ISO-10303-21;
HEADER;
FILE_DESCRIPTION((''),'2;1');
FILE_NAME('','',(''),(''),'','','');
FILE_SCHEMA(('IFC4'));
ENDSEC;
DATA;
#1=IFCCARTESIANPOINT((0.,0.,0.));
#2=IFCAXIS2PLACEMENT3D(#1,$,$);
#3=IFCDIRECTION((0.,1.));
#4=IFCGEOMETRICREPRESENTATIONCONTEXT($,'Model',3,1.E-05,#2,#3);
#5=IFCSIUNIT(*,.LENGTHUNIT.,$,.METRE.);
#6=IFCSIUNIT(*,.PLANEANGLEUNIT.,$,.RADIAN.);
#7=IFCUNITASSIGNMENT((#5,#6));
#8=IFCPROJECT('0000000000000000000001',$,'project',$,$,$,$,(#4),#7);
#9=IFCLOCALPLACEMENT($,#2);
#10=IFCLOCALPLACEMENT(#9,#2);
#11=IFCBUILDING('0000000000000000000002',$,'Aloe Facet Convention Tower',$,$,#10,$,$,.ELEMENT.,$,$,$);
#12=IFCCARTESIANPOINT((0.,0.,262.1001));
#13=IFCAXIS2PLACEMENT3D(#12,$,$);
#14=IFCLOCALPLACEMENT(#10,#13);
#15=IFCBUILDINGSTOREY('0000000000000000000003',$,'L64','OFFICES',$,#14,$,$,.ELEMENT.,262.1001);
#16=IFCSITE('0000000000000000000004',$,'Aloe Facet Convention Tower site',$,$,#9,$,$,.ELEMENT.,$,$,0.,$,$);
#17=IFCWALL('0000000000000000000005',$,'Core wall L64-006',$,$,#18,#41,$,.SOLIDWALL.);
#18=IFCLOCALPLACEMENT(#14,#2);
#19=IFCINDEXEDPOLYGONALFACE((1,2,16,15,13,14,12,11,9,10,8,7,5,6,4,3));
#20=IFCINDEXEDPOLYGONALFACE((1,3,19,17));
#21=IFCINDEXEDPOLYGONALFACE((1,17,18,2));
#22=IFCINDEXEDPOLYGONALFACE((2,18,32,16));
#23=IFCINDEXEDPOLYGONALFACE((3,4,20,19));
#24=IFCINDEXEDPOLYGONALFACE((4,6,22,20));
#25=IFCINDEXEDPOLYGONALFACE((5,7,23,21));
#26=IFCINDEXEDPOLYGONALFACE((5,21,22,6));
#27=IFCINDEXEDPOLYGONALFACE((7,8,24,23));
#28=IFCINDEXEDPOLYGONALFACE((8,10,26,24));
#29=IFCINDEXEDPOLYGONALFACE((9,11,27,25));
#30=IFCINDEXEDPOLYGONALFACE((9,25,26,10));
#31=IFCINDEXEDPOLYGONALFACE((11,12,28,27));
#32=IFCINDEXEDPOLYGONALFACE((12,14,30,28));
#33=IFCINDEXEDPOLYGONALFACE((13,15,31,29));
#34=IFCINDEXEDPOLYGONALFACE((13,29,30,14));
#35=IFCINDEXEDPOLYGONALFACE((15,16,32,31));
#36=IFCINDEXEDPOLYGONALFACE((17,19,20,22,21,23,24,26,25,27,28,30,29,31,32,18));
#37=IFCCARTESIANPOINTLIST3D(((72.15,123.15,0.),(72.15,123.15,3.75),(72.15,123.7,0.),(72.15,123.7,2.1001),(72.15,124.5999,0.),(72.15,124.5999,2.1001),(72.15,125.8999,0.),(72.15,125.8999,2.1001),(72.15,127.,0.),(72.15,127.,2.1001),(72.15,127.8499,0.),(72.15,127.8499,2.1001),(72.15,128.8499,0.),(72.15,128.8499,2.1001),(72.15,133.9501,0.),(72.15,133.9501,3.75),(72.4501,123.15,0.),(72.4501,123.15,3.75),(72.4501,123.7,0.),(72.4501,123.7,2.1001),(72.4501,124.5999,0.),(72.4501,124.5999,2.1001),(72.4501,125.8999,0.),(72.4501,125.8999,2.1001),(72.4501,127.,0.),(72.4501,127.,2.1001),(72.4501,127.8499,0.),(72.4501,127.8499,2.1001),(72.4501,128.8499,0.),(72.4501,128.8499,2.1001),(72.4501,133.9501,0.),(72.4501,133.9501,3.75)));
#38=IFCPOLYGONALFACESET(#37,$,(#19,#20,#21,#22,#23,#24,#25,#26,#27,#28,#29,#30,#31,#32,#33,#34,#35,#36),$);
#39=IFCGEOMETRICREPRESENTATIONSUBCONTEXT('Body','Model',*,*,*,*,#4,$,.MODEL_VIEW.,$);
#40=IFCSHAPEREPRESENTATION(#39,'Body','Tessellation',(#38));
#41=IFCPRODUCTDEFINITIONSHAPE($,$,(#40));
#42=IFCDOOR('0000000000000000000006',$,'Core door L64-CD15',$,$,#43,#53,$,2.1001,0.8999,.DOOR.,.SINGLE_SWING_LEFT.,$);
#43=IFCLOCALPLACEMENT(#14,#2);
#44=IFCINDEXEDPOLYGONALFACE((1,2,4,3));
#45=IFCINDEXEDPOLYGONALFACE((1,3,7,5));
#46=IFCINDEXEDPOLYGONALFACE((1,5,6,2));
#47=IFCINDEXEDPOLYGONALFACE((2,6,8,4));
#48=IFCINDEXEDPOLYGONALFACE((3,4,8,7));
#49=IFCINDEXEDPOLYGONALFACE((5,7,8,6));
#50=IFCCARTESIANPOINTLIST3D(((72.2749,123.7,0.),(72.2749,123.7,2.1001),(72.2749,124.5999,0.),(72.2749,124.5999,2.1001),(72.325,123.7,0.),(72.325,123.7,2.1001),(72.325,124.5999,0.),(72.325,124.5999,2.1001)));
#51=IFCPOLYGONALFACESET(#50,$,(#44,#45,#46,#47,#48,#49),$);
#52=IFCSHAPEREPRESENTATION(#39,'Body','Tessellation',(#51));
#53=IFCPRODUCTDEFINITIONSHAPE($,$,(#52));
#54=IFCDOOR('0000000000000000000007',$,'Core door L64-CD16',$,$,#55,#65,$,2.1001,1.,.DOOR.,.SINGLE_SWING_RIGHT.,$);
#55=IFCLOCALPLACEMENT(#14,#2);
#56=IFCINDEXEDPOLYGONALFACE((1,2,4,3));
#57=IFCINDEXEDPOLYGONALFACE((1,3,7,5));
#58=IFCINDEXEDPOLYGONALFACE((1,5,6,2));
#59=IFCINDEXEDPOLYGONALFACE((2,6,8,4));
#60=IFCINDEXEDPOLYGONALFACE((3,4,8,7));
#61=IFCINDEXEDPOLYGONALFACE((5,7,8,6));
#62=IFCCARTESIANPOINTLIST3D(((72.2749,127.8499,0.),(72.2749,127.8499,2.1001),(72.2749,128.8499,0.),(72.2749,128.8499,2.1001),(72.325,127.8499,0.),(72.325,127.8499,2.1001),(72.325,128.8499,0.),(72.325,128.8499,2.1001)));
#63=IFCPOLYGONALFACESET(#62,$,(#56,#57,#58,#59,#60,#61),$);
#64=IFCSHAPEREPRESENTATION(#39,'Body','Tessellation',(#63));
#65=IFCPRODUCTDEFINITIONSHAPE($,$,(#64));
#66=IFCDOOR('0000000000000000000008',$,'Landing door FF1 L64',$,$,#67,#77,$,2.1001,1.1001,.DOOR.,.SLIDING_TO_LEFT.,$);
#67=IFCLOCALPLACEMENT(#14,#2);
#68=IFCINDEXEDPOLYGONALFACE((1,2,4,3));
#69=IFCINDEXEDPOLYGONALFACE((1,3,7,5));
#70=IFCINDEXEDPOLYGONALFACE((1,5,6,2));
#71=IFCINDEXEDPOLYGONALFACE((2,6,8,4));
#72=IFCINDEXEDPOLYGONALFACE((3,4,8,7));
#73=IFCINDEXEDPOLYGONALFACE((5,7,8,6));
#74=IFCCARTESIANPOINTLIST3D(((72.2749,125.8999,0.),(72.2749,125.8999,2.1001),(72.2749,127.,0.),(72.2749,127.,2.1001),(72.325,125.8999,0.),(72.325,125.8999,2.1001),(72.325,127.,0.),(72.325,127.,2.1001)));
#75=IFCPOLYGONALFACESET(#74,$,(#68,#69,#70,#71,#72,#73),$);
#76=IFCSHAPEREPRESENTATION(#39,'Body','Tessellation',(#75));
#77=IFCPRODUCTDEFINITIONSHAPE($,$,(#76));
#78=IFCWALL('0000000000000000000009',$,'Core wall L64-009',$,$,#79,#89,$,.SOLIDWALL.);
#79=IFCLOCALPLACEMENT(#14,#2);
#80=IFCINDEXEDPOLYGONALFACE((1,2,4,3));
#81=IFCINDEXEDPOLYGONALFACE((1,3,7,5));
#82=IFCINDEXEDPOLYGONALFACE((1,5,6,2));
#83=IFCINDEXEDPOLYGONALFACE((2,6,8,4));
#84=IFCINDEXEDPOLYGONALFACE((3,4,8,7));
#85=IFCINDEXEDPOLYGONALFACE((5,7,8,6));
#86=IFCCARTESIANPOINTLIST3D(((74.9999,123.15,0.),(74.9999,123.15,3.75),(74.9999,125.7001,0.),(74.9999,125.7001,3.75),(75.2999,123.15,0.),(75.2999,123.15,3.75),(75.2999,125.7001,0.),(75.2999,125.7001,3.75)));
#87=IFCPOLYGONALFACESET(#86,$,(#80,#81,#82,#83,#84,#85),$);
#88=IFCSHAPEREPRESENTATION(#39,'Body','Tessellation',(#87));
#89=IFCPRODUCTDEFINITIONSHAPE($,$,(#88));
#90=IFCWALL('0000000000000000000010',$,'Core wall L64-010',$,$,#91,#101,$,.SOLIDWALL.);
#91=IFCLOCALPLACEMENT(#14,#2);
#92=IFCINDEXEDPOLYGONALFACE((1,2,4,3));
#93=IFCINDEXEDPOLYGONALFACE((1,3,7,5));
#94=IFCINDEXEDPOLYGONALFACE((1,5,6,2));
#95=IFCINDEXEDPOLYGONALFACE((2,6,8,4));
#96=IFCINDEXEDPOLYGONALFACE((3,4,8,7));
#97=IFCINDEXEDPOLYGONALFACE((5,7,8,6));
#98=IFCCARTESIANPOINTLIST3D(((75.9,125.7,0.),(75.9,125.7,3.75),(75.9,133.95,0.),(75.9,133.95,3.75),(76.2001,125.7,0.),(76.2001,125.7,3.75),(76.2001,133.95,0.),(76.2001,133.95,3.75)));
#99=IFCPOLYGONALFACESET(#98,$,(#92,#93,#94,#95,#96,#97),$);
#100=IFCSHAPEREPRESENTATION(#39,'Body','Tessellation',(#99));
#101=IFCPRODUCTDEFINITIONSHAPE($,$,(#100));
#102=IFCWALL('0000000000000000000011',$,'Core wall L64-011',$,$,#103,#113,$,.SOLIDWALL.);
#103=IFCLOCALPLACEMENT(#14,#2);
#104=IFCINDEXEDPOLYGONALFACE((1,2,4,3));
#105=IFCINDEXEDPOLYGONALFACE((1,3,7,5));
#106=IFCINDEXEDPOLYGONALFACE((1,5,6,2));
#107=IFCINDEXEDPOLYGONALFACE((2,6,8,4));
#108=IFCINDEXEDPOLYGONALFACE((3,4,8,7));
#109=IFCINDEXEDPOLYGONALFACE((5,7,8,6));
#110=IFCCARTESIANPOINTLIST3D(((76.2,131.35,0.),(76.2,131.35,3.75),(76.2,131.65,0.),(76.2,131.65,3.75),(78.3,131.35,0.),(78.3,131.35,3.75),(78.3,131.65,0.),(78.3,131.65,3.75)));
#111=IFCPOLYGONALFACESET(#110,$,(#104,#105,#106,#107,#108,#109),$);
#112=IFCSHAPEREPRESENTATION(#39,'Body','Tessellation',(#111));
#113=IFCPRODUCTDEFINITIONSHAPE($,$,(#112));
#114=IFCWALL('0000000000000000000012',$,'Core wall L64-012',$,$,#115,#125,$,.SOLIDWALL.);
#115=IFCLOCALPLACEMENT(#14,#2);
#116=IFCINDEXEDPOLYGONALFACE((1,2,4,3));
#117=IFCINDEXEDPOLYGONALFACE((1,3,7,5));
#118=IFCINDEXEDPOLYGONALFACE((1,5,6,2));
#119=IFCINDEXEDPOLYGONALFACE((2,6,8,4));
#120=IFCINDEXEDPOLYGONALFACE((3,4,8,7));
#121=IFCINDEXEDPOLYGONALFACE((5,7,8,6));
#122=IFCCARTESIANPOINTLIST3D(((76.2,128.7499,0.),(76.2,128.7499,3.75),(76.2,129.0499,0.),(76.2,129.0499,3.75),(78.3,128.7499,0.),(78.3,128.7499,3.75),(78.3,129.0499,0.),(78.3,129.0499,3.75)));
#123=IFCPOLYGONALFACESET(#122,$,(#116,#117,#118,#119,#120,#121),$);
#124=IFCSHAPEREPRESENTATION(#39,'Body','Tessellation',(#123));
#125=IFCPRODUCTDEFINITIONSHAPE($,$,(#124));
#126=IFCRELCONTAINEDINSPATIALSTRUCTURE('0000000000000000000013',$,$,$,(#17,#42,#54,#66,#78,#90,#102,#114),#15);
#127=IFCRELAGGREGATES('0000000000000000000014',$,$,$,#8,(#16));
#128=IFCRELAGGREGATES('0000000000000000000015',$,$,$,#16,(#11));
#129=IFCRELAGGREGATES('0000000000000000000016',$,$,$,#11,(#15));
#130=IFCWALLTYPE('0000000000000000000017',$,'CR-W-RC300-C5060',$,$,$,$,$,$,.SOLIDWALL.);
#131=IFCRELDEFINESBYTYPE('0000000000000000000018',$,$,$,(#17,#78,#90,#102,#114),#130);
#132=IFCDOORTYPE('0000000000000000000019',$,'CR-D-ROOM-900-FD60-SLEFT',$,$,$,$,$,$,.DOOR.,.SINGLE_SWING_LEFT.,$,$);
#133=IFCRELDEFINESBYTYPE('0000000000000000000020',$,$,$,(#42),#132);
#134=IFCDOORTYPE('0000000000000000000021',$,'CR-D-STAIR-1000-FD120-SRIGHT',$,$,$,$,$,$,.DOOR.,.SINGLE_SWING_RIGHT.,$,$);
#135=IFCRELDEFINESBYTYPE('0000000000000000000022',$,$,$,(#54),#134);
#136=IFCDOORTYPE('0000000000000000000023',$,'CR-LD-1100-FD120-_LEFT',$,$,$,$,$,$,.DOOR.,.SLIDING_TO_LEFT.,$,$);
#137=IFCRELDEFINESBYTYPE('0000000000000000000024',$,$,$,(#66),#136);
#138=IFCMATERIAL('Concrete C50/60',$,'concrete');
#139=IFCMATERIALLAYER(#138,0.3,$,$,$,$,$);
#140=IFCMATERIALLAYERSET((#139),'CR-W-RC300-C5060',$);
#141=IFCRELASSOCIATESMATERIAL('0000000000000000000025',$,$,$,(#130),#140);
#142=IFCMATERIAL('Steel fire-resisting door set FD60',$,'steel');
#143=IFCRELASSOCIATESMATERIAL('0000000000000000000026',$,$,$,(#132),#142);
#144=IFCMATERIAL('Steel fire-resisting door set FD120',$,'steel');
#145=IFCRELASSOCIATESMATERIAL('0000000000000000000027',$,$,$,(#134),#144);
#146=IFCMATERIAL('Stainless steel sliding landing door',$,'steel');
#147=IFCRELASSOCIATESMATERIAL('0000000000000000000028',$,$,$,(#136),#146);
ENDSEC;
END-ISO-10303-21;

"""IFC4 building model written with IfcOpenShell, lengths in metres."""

from ifc_helpers import new_model, si_unit, direction, frame, frame_2d, origin, place, context, subcontext, project, spatial, rectangle, extrude, material, layer, layer_set, type_object, element, fill, save


model = new_model("IFC4")

# Units and contexts
model_context = context("Model", 3, precision=1e-05, world=origin(), true_north=direction((0.0, 1.0)))
body_context = subcontext(model_context, "Body", "Model", "MODEL_VIEW")
ifc_project = project(units=[si_unit("LENGTHUNIT", "METRE"), si_unit("PLANEANGLEUNIT", "RADIAN")], contexts=[model_context])

# Site, building, storey
site_placement = place(None, origin())
site = spatial("IfcSite", under=ifc_project, at=site_placement, Name="Aloe Facet Convention Tower site", CompositionType="ELEMENT", RefElevation=0.0)
building_placement = place(site_placement, origin())
building = spatial("IfcBuilding", under=site, at=building_placement, Name="Aloe Facet Convention Tower", CompositionType="ELEMENT")
storey_placement = place(building_placement, frame((0.0, 0.0, 262.1001)))
storey = spatial("IfcBuildingStorey", under=building, at=storey_placement, Name="L64", Description="OFFICES", CompositionType="ELEMENT", Elevation=262.1001)

# Wall, openings, doors
ifc_material_1 = material(Name="Concrete C50/60", Category="concrete")
ifc_layer_1 = layer(ifc_material_1, 0.3)
ifc_layer_set_1 = layer_set([ifc_layer_1], Name="CR-W-RC300-C5060")
wall_type_1 = type_object("IfcWallType", Name="CR-W-RC300-C5060", PredefinedType="SOLIDWALL", material=ifc_layer_set_1)
wall_1_placement = place(storey_placement, frame((72.3, 133.95, 0.0), z_axis=(0.0, 0.0, 1.0), x_axis=(0.0, -1.0, 0.0)))
wall_1 = element("IfcWall", 1, at=wall_1_placement, inside=storey, type_object=wall_type_1, Name="Core wall L64-006", PredefinedType="SOLIDWALL", context=body_context, shape_type="SweptSolid", body=[
    extrude(rectangle(XDim=10.8, YDim=0.3, at=frame_2d((5.3999, 0.0))), origin(), (0.0, 0.0, 1.0), 3.75),
])
opening_1_placement = place(wall_1_placement, frame((6.95, 0.0, 0.0)))
opening_1 = element("IfcOpeningElement", 2, at=opening_1_placement, cuts=wall_1, PredefinedType="OPENING", context=body_context, shape_type="SweptSolid", body=[
    extrude(rectangle(XDim=1.1001, YDim=2.1001, at=frame_2d((0.55, 1.05))), frame((0.0, 0.1602, 0.0), z_axis=(0.0, -1.0, 0.0), x_axis=(1.0, 0.0, 0.0)), (0.0, 0.0, 1.0), 0.3201),
])
opening_2_placement = place(wall_1_placement, frame((9.3501, 0.0, 0.0)))
opening_2 = element("IfcOpeningElement", 3, at=opening_2_placement, cuts=wall_1, PredefinedType="OPENING", context=body_context, shape_type="SweptSolid", body=[
    extrude(rectangle(XDim=0.8999, YDim=2.1001, at=frame_2d((0.45, 1.05))), frame((0.0, 0.1602, 0.0), z_axis=(0.0, -1.0, 0.0), x_axis=(1.0, 0.0, 0.0)), (0.0, 0.0, 1.0), 0.3201),
])
opening_3_placement = place(wall_1_placement, frame((5.1001, 0.0, 0.0)))
opening_3 = element("IfcOpeningElement", 4, at=opening_3_placement, cuts=wall_1, PredefinedType="OPENING", context=body_context, shape_type="SweptSolid", body=[
    extrude(rectangle(XDim=1.0, YDim=2.1001, at=frame_2d((0.5, 1.05))), frame((0.0, 0.1602, 0.0), z_axis=(0.0, -1.0, 0.0), x_axis=(1.0, 0.0, 0.0)), (0.0, 0.0, 1.0), 0.3201),
])
ifc_material_2 = material(Name="Steel fire-resisting door set FD60", Category="steel")
door_type_1 = type_object("IfcDoorType", Name="CR-D-ROOM-900-FD60-SLEFT", OperationType="SINGLE_SWING_LEFT", PredefinedType="DOOR", material=ifc_material_2)
door_1_placement = place(opening_2_placement, origin())
door_1 = element("IfcDoor", 5, at=door_1_placement, inside=storey, type_object=door_type_1, Name="Core door L64-CD15", OperationType="SINGLE_SWING_LEFT", OverallHeight=2.1001, OverallWidth=0.8999, PredefinedType="DOOR", context=body_context, shape_type="SweptSolid", body=[
    extrude(rectangle(XDim=0.8999, YDim=2.1001, at=frame_2d((0.45, 1.05))), frame((0.0, 0.0249, 0.0), z_axis=(0.0, -1.0, 0.0), x_axis=(1.0, 0.0, 0.0)), (0.0, 0.0, 1.0), 0.05),
])
fill(opening_2, door_1)
ifc_material_3 = material(Name="Steel fire-resisting door set FD120", Category="steel")
door_type_2 = type_object("IfcDoorType", Name="CR-D-STAIR-1000-FD120-SRIGHT", OperationType="SINGLE_SWING_RIGHT", PredefinedType="DOOR", material=ifc_material_3)
door_2_placement = place(opening_3_placement, origin())
door_2 = element("IfcDoor", 6, at=door_2_placement, inside=storey, type_object=door_type_2, Name="Core door L64-CD16", OperationType="SINGLE_SWING_RIGHT", OverallHeight=2.1001, OverallWidth=1.0, PredefinedType="DOOR", context=body_context, shape_type="SweptSolid", body=[
    extrude(rectangle(XDim=1.0, YDim=2.1001, at=frame_2d((0.5, 1.05))), frame((0.0, 0.0249, 0.0), z_axis=(0.0, -1.0, 0.0), x_axis=(1.0, 0.0, 0.0)), (0.0, 0.0, 1.0), 0.05),
])
fill(opening_3, door_2)
ifc_material_4 = material(Name="Stainless steel sliding landing door", Category="steel")
door_type_3 = type_object("IfcDoorType", Name="CR-LD-1100-FD120-_LEFT", OperationType="SLIDING_TO_LEFT", PredefinedType="DOOR", material=ifc_material_4)
door_3_placement = place(opening_1_placement, origin())
door_3 = element("IfcDoor", 7, at=door_3_placement, inside=storey, type_object=door_type_3, Name="Landing door FF1 L64", OperationType="SLIDING_TO_LEFT", OverallHeight=2.1001, OverallWidth=1.1001, PredefinedType="DOOR", context=body_context, shape_type="SweptSolid", body=[
    extrude(rectangle(XDim=1.1001, YDim=2.1001, at=frame_2d((0.55, 1.05))), frame((0.0, 0.0249, 0.0), z_axis=(0.0, -1.0, 0.0), x_axis=(1.0, 0.0, 0.0)), (0.0, 0.0, 1.0), 0.05),
])
fill(opening_1, door_3)

# Walls
wall_2_placement = place(storey_placement, frame((75.1499, 125.7, 0.0), z_axis=(0.0, 0.0, 1.0), x_axis=(0.0, -1.0, 0.0)))
element("IfcWall", 8, at=wall_2_placement, inside=storey, type_object=wall_type_1, Name="Core wall L64-009", PredefinedType="SOLIDWALL", context=body_context, shape_type="SweptSolid", body=[
    extrude(rectangle(XDim=2.55, YDim=0.3, at=frame_2d((1.2749, 0.0))), origin(), (0.0, 0.0, 1.0), 3.75),
])
wall_3_placement = place(storey_placement, frame((76.05, 133.95, 0.0), z_axis=(0.0, 0.0, 1.0), x_axis=(0.0, -1.0, 0.0)))
element("IfcWall", 9, at=wall_3_placement, inside=storey, type_object=wall_type_1, Name="Core wall L64-010", PredefinedType="SOLIDWALL", context=body_context, shape_type="SweptSolid", body=[
    extrude(rectangle(XDim=8.25, YDim=0.3, at=frame_2d((4.125, 0.0))), origin(), (0.0, 0.0, 1.0), 3.75),
])
for number, where, z_axis, x_axis, name in (
    (10, (76.2, 131.5, 0.0), (0.0, 0.0, 1.0), (1.0, 0.0, 0.0), "Core wall L64-011"),
    (11, (76.2, 128.8999, 0.0), (0.0, 0.0, 1.0), (1.0, 0.0, 0.0), "Core wall L64-012"),
):
    element("IfcWall", number, at=place(storey_placement, frame(where, z_axis=z_axis, x_axis=x_axis)), inside=storey, type_object=wall_type_1, Name=name, PredefinedType="SOLIDWALL", context=body_context, shape_type="SweptSolid", body=[
        extrude(rectangle(XDim=2.1001, YDim=0.3, at=frame_2d((1.05, 0.0))), origin(), (0.0, 0.0, 1.0), 3.75),
    ])

save(model, "model.ifc")
